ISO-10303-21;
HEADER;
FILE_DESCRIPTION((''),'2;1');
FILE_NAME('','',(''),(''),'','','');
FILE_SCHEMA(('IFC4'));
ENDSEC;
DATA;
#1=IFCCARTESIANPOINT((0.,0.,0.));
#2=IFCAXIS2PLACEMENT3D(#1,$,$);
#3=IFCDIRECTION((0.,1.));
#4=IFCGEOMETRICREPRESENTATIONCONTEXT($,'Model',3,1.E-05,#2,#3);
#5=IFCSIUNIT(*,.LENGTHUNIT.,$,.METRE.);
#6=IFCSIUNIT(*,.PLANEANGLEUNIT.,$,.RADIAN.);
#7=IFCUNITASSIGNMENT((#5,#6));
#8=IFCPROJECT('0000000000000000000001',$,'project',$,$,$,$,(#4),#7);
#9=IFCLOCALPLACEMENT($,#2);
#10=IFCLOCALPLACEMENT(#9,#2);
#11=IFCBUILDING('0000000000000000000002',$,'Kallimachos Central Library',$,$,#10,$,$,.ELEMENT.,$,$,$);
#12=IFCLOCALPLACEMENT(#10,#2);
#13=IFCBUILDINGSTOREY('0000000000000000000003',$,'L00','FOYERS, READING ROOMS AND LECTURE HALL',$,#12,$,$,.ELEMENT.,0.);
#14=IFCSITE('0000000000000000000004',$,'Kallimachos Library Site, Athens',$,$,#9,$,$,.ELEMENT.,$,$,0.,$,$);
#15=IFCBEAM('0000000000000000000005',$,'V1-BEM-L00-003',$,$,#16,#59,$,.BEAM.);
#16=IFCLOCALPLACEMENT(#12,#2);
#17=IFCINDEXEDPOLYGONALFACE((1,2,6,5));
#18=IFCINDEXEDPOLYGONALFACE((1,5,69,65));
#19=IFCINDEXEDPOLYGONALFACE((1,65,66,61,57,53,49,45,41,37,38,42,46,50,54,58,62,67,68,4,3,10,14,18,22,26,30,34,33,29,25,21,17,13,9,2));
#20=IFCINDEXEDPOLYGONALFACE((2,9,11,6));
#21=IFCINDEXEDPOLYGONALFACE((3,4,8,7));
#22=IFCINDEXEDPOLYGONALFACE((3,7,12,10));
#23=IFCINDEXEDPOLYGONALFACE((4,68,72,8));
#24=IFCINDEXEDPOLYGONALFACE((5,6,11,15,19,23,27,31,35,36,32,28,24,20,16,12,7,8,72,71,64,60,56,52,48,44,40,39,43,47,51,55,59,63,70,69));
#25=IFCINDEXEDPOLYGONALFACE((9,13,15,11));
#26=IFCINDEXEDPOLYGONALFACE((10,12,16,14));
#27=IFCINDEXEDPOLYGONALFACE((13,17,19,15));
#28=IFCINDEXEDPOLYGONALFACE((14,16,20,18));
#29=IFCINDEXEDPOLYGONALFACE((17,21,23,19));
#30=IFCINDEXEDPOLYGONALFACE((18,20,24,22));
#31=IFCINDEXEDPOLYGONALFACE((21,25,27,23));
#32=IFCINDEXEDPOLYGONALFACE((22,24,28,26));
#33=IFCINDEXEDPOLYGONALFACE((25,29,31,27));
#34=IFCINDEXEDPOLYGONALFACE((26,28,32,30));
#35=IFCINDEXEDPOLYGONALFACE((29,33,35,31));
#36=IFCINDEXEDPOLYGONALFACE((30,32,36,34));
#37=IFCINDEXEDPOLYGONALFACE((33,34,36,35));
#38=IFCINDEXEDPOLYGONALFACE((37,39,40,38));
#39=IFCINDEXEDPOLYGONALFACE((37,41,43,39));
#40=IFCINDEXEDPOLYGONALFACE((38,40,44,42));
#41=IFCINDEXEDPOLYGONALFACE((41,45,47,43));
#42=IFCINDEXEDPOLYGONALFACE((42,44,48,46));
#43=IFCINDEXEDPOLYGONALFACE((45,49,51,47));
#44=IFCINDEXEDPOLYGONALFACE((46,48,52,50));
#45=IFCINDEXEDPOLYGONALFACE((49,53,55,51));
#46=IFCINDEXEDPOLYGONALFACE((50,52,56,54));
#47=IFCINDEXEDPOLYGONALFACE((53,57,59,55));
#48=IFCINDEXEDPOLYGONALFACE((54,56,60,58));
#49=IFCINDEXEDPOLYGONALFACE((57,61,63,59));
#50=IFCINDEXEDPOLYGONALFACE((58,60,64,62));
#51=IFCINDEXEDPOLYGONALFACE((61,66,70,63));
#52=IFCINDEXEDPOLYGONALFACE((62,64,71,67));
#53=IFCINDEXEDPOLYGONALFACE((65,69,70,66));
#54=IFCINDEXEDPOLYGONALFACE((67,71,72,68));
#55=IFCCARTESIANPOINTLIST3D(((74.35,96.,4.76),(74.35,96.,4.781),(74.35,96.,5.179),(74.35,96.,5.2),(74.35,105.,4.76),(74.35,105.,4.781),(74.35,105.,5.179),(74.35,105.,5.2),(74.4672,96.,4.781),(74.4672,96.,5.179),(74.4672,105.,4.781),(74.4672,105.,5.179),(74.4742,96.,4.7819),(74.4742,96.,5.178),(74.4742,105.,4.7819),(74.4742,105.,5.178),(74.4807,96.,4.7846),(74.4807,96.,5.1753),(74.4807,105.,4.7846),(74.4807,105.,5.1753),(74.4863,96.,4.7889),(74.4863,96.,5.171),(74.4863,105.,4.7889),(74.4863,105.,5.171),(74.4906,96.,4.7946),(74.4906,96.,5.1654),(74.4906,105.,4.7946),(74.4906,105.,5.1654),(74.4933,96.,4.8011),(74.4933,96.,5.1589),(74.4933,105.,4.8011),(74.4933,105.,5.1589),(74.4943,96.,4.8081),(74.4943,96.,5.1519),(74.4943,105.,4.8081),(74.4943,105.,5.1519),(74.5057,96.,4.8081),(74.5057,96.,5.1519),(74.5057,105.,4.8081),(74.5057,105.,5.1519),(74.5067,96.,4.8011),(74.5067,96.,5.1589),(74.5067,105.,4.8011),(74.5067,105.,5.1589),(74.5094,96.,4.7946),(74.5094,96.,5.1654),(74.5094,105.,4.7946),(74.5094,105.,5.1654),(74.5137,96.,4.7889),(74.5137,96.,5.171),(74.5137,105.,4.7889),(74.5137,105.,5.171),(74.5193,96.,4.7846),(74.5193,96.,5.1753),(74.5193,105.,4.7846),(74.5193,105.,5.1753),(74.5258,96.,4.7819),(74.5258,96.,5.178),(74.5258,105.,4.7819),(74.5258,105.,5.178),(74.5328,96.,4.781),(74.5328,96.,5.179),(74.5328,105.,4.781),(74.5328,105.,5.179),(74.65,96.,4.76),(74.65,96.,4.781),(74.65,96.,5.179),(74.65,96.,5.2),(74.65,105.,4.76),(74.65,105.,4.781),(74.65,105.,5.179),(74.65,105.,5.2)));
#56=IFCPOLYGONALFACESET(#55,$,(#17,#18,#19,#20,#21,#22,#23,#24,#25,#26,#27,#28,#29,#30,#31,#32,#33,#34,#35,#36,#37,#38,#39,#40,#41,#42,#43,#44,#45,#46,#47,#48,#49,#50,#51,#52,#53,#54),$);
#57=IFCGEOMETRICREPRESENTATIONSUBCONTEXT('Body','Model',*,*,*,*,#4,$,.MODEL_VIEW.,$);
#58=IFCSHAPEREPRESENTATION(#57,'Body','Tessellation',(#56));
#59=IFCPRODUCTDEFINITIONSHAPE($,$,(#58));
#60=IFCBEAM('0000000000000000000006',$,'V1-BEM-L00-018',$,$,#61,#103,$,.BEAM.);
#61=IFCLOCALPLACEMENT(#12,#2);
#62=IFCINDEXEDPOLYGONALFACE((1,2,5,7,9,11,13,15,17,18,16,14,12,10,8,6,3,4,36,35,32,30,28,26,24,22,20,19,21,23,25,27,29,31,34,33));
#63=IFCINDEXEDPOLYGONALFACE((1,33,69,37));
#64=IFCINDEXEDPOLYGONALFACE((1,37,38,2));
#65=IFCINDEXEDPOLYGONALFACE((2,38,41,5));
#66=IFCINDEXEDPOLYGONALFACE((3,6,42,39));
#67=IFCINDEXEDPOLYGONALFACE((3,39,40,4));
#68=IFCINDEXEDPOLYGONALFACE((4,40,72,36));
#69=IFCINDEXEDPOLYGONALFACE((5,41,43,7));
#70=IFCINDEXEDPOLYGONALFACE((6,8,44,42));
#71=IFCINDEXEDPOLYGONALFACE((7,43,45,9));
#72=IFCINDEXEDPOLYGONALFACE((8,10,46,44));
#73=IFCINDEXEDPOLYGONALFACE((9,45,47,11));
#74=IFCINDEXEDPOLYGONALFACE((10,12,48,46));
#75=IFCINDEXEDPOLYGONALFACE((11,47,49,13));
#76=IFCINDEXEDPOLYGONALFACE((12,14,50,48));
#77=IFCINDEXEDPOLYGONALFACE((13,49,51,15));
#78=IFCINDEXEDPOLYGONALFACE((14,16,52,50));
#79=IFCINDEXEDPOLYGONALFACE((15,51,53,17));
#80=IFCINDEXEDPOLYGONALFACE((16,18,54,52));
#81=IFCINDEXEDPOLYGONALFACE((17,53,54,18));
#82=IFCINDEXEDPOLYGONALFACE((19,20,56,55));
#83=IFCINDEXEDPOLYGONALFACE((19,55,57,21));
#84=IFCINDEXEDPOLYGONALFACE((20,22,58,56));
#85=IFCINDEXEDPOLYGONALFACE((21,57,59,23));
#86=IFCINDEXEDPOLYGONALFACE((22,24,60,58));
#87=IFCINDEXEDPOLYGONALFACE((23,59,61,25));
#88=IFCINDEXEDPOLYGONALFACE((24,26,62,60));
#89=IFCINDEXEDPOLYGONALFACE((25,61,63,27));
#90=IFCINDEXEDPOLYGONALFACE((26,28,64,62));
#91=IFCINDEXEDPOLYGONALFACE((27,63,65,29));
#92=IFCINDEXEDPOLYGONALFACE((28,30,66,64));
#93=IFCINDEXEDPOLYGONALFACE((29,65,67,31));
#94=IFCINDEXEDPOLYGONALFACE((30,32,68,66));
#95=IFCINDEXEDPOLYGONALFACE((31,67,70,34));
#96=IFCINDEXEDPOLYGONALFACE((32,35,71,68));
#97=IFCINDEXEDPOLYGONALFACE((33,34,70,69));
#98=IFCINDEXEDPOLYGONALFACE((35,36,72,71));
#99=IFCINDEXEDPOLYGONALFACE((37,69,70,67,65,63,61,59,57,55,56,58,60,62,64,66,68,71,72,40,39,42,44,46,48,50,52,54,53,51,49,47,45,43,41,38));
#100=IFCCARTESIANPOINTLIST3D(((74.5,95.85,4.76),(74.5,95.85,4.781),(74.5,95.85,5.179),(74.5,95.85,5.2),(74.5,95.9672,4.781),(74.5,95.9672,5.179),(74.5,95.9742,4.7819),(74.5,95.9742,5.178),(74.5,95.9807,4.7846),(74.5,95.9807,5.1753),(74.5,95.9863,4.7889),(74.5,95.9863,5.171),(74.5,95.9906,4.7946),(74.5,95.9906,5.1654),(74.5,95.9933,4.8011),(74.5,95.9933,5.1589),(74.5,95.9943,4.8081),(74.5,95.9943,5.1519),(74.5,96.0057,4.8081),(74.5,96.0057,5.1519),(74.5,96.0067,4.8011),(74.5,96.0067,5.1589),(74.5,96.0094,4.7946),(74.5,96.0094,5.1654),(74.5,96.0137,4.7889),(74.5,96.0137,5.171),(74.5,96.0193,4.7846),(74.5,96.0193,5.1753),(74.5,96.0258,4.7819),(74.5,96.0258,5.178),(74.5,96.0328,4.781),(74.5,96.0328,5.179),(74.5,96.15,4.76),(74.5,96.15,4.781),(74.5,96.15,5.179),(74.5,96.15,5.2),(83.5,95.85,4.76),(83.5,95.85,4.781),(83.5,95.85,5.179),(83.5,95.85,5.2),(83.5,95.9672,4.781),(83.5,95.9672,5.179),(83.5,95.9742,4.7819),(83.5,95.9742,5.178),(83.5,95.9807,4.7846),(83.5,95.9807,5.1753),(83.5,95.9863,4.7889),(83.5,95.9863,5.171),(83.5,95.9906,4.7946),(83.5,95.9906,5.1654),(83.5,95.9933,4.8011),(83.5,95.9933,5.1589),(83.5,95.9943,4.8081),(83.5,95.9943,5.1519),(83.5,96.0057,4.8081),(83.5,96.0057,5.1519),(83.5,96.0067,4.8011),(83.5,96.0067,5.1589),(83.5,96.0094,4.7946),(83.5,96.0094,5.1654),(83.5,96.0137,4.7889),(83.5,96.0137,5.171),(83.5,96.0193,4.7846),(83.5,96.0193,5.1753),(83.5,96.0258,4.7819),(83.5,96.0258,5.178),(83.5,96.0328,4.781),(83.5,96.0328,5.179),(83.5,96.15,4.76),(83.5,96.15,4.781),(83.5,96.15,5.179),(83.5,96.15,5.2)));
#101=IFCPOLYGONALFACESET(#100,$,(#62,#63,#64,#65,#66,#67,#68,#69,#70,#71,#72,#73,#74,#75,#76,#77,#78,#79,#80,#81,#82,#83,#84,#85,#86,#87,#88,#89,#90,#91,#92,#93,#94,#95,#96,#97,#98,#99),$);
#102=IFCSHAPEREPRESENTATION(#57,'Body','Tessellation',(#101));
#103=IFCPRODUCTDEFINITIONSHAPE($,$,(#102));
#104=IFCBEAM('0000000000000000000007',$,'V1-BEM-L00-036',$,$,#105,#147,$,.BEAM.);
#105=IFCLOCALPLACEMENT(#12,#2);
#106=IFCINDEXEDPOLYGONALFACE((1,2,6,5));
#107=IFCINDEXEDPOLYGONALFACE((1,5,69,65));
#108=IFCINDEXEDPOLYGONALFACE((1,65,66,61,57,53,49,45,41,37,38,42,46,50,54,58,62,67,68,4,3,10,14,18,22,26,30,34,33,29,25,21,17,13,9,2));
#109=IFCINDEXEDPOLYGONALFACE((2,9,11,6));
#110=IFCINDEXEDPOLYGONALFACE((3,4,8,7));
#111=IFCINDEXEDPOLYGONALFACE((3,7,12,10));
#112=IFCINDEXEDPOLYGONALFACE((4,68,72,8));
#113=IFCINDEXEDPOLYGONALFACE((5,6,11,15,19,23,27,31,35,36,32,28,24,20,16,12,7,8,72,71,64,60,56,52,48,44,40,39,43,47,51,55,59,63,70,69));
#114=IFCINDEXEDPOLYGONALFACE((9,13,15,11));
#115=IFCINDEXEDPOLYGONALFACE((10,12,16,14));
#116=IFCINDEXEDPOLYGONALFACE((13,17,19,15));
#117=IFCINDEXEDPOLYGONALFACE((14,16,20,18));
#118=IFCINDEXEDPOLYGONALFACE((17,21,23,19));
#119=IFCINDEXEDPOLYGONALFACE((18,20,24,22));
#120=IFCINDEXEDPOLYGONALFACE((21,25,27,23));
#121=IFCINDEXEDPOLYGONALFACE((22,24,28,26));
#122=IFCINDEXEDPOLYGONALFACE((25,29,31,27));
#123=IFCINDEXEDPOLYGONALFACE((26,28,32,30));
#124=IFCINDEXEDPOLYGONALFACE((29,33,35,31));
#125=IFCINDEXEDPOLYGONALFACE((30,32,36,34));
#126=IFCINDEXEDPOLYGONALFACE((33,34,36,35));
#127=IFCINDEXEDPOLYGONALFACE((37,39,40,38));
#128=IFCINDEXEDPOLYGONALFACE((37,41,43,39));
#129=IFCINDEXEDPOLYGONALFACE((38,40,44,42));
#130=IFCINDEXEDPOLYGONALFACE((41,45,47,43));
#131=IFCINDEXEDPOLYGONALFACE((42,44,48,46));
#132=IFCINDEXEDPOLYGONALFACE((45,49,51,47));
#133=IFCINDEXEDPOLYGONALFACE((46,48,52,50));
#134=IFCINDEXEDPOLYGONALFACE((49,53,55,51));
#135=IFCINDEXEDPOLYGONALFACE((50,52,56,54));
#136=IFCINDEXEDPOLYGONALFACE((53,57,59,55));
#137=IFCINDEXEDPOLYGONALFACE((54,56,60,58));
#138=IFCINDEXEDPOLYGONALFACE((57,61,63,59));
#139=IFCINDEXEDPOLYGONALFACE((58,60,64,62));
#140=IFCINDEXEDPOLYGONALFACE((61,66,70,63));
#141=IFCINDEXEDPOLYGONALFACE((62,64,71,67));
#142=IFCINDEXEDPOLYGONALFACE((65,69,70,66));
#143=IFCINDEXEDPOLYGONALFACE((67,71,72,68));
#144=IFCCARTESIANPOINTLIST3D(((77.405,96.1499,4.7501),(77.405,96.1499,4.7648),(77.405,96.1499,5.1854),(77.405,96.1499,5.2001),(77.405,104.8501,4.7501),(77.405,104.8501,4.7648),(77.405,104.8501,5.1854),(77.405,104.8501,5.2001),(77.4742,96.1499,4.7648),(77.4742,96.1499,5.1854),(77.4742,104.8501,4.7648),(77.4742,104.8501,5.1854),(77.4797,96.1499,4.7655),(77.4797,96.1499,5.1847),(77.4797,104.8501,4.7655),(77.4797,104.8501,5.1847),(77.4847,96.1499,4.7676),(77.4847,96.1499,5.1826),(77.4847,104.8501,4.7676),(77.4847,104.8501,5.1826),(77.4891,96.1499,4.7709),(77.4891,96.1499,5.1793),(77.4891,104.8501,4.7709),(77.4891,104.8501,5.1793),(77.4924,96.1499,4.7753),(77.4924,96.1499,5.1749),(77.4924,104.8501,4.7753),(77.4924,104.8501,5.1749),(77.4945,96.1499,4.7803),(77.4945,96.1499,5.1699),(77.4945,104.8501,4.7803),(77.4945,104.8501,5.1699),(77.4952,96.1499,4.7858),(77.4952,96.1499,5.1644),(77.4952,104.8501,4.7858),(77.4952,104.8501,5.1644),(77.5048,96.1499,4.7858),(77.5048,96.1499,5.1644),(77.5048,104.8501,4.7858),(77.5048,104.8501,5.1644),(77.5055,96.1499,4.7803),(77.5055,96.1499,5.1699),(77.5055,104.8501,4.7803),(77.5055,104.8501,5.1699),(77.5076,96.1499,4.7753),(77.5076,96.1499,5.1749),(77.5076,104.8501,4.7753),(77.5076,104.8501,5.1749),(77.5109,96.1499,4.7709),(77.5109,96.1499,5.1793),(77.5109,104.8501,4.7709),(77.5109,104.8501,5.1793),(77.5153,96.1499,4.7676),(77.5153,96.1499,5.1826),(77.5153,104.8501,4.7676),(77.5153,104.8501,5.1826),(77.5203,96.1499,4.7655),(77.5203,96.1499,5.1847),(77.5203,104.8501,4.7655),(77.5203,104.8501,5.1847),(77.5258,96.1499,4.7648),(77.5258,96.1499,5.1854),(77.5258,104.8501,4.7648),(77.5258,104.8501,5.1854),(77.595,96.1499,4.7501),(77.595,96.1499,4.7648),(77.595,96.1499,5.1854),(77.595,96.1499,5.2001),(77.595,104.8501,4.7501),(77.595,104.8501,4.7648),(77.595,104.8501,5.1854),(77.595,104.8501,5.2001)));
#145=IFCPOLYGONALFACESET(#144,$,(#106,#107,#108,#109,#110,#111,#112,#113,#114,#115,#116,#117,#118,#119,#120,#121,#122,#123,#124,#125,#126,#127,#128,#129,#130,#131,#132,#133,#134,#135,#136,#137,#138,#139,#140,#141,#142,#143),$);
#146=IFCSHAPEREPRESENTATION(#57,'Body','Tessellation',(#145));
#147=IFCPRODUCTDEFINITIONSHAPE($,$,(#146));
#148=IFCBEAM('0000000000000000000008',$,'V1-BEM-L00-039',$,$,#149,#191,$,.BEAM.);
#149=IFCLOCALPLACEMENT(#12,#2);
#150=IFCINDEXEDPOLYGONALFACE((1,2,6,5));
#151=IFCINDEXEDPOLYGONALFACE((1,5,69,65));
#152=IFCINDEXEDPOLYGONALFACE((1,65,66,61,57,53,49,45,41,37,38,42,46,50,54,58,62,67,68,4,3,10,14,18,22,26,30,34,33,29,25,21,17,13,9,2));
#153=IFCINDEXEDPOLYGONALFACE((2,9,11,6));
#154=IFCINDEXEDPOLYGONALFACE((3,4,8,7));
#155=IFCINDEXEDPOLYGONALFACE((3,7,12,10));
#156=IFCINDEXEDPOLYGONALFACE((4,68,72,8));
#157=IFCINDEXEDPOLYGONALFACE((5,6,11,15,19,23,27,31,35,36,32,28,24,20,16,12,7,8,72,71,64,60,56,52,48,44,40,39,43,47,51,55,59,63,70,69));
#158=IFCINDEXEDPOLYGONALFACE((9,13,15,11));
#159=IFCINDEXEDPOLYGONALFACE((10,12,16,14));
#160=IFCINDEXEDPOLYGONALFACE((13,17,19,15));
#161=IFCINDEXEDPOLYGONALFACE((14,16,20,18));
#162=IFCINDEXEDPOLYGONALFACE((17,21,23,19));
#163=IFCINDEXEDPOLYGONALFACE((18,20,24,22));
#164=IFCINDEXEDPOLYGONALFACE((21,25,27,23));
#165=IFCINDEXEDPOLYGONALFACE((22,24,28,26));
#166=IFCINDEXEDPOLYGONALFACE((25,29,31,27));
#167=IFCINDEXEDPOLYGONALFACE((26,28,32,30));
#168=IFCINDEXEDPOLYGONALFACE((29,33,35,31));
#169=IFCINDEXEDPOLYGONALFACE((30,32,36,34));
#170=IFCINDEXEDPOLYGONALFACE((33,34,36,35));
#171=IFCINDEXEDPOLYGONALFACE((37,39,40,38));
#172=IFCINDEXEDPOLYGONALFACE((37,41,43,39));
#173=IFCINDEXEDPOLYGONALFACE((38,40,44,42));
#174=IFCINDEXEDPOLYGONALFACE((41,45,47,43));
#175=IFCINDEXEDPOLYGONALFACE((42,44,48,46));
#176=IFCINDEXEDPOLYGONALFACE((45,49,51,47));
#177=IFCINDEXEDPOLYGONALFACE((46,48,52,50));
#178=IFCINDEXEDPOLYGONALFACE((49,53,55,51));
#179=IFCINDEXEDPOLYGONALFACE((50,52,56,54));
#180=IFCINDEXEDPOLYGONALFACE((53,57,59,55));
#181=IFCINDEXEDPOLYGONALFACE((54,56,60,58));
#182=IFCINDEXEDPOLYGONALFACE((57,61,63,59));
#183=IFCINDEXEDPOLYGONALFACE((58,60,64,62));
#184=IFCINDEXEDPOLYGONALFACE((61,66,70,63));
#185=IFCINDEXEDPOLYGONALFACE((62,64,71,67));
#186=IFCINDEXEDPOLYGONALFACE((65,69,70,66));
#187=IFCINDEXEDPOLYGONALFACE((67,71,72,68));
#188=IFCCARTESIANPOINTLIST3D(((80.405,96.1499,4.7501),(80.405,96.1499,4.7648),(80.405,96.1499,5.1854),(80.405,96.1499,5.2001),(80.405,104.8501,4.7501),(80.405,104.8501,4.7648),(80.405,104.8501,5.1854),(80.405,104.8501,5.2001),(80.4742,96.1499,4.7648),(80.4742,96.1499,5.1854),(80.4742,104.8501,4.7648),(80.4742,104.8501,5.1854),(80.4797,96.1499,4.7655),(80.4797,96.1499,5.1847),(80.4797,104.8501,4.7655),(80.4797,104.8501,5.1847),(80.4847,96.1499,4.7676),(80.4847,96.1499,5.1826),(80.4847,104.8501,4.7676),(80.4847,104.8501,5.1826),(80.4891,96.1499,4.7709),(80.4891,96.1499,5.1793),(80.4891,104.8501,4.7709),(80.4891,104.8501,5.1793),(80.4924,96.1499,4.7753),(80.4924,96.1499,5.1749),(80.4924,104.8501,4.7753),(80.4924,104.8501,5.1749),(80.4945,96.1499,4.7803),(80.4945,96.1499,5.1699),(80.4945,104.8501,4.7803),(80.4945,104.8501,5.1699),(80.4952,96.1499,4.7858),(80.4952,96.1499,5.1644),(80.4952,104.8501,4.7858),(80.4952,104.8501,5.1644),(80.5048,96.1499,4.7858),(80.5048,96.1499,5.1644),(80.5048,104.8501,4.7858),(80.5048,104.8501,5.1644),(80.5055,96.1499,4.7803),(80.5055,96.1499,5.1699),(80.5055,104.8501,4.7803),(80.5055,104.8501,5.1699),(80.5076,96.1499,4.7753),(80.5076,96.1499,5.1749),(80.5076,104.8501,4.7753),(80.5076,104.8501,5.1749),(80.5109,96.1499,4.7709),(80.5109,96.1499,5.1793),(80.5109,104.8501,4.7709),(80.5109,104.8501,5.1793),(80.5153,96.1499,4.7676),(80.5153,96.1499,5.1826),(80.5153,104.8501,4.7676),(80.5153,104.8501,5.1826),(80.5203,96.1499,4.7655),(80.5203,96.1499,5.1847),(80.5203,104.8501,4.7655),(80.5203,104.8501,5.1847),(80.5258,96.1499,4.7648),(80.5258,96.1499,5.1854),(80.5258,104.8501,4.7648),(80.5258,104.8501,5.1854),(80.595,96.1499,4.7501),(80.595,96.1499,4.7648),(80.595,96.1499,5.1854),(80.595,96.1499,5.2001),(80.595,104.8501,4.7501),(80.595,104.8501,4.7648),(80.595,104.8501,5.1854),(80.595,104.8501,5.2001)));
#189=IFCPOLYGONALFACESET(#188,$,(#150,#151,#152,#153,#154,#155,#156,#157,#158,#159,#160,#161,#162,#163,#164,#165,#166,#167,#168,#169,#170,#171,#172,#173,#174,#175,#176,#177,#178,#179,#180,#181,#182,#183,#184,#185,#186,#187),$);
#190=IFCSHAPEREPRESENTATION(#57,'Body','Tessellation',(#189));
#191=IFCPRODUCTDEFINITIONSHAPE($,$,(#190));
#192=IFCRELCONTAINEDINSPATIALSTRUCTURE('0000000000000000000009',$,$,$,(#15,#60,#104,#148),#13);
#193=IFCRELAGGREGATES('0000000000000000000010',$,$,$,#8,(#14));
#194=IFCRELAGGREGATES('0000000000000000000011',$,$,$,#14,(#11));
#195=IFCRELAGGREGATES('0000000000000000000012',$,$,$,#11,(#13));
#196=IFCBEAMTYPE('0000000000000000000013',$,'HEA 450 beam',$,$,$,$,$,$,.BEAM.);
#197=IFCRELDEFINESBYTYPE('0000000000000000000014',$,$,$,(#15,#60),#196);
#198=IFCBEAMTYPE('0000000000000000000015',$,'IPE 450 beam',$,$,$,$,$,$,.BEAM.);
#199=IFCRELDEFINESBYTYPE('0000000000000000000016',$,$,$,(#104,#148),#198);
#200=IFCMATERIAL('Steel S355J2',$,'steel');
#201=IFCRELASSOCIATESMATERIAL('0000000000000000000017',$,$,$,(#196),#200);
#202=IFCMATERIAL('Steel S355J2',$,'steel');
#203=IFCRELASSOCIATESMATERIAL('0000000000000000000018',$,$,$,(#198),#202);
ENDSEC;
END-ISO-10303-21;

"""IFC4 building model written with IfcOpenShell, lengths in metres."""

from ifc_helpers import new_model, si_unit, direction, frame, origin, origin_2d, place, context, subcontext, project, spatial, i_section, extrude, material, material_profile, profile_set, type_object, element, save


model = new_model("IFC4")

# Units and contexts
model_context = context("Model", 3, precision=1e-05, world=origin(), true_north=direction((0.0, 1.0)))
body_context = subcontext(model_context, "Body", "Model", "MODEL_VIEW")
ifc_project = project(units=[si_unit("LENGTHUNIT", "METRE"), si_unit("PLANEANGLEUNIT", "RADIAN")], contexts=[model_context])

# Site, building, storey
site_placement = place(None, origin())
site = spatial("IfcSite", under=ifc_project, at=site_placement, Name="Kallimachos Library Site, Athens", CompositionType="ELEMENT", RefElevation=0.0)
building_placement = place(site_placement, origin())
building = spatial("IfcBuilding", under=site, at=building_placement, Name="Kallimachos Central Library", CompositionType="ELEMENT")
storey_placement = place(building_placement, origin())
storey = spatial("IfcBuildingStorey", under=building, at=storey_placement, Name="L00", Description="FOYERS, READING ROOMS AND LECTURE HALL", CompositionType="ELEMENT", Elevation=0.0)

# Beams
ifc_material_1 = material(Name="Steel S355J2", Category="steel")
ifc_material_profile_1 = material_profile(ifc_material_1, i_section(OverallWidth=0.3, OverallDepth=0.4399, WebThickness=0.0115, FlangeThickness=0.021, FilletRadius=0.0271, at=origin_2d()), Name="HEA 450")
ifc_profile_set_1 = profile_set([ifc_material_profile_1], Name="Steel S355J2")
beam_type_1 = type_object("IfcBeamType", Name="HEA 450 beam", PredefinedType="BEAM", material=ifc_profile_set_1)
for number, where, z_axis, x_axis, name in (
    (1, (74.5, 96.0, 4.98), (0.0, 1.0, 0.0), (-1.0, 0.0, 0.0), "V1-BEM-L00-003"),
    (2, (74.5, 96.0, 4.98), (1.0, 0.0, 0.0), (0.0, 1.0, 0.0), "V1-BEM-L00-018"),
):
    element("IfcBeam", number, at=place(storey_placement, frame(where, z_axis=z_axis, x_axis=x_axis)), inside=storey, type_object=beam_type_1, Name=name, PredefinedType="BEAM", context=body_context, shape_type="SweptSolid", body=[
        extrude(i_section(OverallWidth=0.3, OverallDepth=0.4399, WebThickness=0.0115, FlangeThickness=0.021, FilletRadius=0.0271, at=origin_2d()), origin(), (0.0, 0.0, 1.0), 9.0),
    ])
ifc_material_2 = material(Name="Steel S355J2", Category="steel")
ifc_material_profile_2 = material_profile(ifc_material_2, i_section(OverallWidth=0.1899, OverallDepth=0.45, WebThickness=0.0095, FlangeThickness=0.0146, FilletRadius=0.021, at=origin_2d()), Name="IPE 450")
ifc_profile_set_2 = profile_set([ifc_material_profile_2], Name="Steel S355J2")
beam_type_2 = type_object("IfcBeamType", Name="IPE 450 beam", PredefinedType="BEAM", material=ifc_profile_set_2)
for number, where, z_axis, x_axis, name in (
    (3, (77.5, 96.1499, 4.9751), (0.0, 1.0, 0.0), (-1.0, 0.0, 0.0), "V1-BEM-L00-036"),
    (4, (80.5, 96.1499, 4.9751), (0.0, 1.0, 0.0), (-1.0, 0.0, 0.0), "V1-BEM-L00-039"),
):
    element("IfcBeam", number, at=place(storey_placement, frame(where, z_axis=z_axis, x_axis=x_axis)), inside=storey, type_object=beam_type_2, Name=name, PredefinedType="BEAM", context=body_context, shape_type="SweptSolid", body=[
        extrude(i_section(OverallWidth=0.1899, OverallDepth=0.45, WebThickness=0.0095, FlangeThickness=0.0146, FilletRadius=0.021, at=origin_2d()), origin(), (0.0, 0.0, 1.0), 8.7002),
    ])

save(model, "model.ifc")
